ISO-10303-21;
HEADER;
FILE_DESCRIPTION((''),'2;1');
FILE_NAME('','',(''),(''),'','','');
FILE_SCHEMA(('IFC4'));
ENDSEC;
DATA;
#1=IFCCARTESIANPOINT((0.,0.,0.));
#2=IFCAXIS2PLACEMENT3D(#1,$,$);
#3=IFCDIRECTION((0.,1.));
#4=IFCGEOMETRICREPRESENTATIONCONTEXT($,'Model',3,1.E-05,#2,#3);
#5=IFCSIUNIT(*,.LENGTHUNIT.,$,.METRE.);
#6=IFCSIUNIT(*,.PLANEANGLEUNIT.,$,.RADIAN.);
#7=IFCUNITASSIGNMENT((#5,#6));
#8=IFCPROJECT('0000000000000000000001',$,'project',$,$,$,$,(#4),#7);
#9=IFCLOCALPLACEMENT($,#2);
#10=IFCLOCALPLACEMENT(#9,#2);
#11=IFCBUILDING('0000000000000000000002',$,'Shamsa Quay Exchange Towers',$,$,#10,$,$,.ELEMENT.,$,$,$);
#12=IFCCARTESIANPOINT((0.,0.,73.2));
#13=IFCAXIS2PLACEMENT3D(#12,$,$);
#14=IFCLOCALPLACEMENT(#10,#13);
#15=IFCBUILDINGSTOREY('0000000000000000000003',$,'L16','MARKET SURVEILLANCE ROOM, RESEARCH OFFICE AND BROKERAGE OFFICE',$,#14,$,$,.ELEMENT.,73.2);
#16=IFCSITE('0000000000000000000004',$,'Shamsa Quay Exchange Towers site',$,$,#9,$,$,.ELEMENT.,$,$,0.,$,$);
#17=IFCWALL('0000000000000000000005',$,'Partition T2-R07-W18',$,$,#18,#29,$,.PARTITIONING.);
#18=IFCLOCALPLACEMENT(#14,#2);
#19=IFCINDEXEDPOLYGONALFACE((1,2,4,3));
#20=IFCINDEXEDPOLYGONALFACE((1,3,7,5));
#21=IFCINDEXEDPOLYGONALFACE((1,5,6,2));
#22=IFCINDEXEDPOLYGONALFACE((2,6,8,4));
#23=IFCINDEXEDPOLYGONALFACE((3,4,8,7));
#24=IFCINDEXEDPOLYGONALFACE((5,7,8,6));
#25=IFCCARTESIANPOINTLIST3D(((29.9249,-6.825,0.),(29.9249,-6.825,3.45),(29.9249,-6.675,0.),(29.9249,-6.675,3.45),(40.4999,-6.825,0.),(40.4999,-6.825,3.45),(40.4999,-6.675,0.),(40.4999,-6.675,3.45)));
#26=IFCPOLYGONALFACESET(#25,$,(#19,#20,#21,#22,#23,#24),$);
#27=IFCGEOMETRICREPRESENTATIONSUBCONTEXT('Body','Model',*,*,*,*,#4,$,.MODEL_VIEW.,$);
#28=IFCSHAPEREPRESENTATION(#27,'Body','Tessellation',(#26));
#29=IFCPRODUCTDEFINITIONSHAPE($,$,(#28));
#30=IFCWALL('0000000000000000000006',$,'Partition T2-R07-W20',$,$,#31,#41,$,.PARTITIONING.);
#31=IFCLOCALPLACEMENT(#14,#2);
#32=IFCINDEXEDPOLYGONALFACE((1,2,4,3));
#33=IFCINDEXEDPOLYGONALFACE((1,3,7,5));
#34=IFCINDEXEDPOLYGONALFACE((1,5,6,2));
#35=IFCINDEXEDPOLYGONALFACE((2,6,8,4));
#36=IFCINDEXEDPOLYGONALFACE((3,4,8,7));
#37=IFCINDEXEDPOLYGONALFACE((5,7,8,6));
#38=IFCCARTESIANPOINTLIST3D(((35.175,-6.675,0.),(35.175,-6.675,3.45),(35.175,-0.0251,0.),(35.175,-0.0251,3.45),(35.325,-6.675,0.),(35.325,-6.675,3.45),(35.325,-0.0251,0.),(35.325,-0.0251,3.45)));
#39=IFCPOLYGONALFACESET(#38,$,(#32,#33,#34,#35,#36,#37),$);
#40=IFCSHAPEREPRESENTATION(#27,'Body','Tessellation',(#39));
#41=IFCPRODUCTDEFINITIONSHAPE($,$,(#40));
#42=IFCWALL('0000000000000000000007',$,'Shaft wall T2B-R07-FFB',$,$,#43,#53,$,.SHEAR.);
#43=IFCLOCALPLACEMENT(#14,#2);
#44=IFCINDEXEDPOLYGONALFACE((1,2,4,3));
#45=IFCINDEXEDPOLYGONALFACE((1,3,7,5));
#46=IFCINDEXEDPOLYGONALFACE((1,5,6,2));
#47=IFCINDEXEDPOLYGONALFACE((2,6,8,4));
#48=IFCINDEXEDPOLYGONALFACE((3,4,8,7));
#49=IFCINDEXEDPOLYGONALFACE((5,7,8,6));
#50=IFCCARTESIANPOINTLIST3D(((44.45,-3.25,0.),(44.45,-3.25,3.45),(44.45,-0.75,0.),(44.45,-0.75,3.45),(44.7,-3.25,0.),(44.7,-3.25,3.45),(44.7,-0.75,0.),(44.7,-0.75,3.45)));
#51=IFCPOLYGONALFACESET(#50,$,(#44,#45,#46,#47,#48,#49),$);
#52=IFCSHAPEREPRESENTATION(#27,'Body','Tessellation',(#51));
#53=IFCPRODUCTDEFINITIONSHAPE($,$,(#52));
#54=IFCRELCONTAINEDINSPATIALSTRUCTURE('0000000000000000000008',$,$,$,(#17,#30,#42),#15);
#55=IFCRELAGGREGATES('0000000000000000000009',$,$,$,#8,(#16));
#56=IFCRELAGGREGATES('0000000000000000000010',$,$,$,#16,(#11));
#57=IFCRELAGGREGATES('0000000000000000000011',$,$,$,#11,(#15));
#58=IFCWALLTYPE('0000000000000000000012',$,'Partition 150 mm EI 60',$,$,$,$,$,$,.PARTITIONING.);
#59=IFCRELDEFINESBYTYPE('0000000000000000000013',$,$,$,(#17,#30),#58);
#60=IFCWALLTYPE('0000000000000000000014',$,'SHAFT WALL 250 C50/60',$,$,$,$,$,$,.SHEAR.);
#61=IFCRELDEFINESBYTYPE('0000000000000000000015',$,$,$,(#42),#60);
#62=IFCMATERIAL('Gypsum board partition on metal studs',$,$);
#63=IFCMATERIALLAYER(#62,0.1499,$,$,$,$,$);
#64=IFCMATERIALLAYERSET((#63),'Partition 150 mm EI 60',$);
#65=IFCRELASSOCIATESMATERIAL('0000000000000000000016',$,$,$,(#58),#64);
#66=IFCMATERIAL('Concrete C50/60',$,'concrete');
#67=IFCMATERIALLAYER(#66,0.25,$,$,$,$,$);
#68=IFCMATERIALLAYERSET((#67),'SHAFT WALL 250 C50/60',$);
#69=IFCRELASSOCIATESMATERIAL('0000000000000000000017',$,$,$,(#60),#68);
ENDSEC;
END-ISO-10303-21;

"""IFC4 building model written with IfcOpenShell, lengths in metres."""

from ifc_helpers import new_model, si_unit, direction, frame, frame_2d, origin, place, context, subcontext, project, spatial, rectangle, extrude, material, layer, layer_set, type_object, element, save


model = new_model("IFC4")

# Units and contexts
model_context = context("Model", 3, precision=1e-05, world=origin(), true_north=direction((0.0, 1.0)))
body_context = subcontext(model_context, "Body", "Model", "MODEL_VIEW")
ifc_project = project(units=[si_unit("LENGTHUNIT", "METRE"), si_unit("PLANEANGLEUNIT", "RADIAN")], contexts=[model_context])

# Site, building, storey
site_placement = place(None, origin())
site = spatial("IfcSite", under=ifc_project, at=site_placement, Name="Shamsa Quay Exchange Towers site", CompositionType="ELEMENT", RefElevation=0.0)
building_placement = place(site_placement, origin())
building = spatial("IfcBuilding", under=site, at=building_placement, Name="Shamsa Quay Exchange Towers", CompositionType="ELEMENT")
storey_placement = place(building_placement, frame((0.0, 0.0, 73.2)))
storey = spatial("IfcBuildingStorey", under=building, at=storey_placement, Name="L16", Description="MARKET SURVEILLANCE ROOM, RESEARCH OFFICE AND BROKERAGE OFFICE", CompositionType="ELEMENT", Elevation=73.2)

# Walls
ifc_material_1 = material(Name="Gypsum board partition on metal studs")
ifc_layer_1 = layer(ifc_material_1, 0.1499)
ifc_layer_set_1 = layer_set([ifc_layer_1], Name="Partition 150 mm EI 60")
wall_type_1 = type_object("IfcWallType", Name="Partition 150 mm EI 60", PredefinedType="PARTITIONING", material=ifc_layer_set_1)
wall_1_placement = place(storey_placement, frame((40.5, -6.75, 0.0), z_axis=(0.0, 0.0, 1.0), x_axis=(-1.0, 0.0, 0.0)))
element("IfcWall", 1, at=wall_1_placement, inside=storey, type_object=wall_type_1, Name="Partition T2-R07-W18", PredefinedType="PARTITIONING", context=body_context, shape_type="SweptSolid", body=[
    extrude(rectangle(XDim=10.575, YDim=0.1499, at=frame_2d((5.2876, 0.0))), origin(), (0.0, 0.0, 1.0), 3.45),
])
wall_2_placement = place(storey_placement, frame((35.25, -0.0251, 0.0), z_axis=(0.0, 0.0, 1.0), x_axis=(0.0, -1.0, 0.0)))
element("IfcWall", 2, at=wall_2_placement, inside=storey, type_object=wall_type_1, Name="Partition T2-R07-W20", PredefinedType="PARTITIONING", context=body_context, shape_type="SweptSolid", body=[
    extrude(rectangle(XDim=6.6499, YDim=0.1499, at=frame_2d((3.325, 0.0))), origin(), (0.0, 0.0, 1.0), 3.45),
])
ifc_material_2 = material(Name="Concrete C50/60", Category="concrete")
ifc_layer_2 = layer(ifc_material_2, 0.25)
ifc_layer_set_2 = layer_set([ifc_layer_2], Name="SHAFT WALL 250 C50/60")
wall_type_2 = type_object("IfcWallType", Name="SHAFT WALL 250 C50/60", PredefinedType="SHEAR", material=ifc_layer_set_2)
wall_3_placement = place(storey_placement, frame((44.575, -3.25, 0.0), z_axis=(0.0, 0.0, 1.0), x_axis=(0.0, 1.0, 0.0)))
element("IfcWall", 3, at=wall_3_placement, inside=storey, type_object=wall_type_2, Name="Shaft wall T2B-R07-FFB", PredefinedType="SHEAR", context=body_context, shape_type="SweptSolid", body=[
    extrude(rectangle(XDim=2.5, YDim=0.25, at=frame_2d((1.25, 0.0))), origin(), (0.0, 0.0, 1.0), 3.45),
])

save(model, "model.ifc")
